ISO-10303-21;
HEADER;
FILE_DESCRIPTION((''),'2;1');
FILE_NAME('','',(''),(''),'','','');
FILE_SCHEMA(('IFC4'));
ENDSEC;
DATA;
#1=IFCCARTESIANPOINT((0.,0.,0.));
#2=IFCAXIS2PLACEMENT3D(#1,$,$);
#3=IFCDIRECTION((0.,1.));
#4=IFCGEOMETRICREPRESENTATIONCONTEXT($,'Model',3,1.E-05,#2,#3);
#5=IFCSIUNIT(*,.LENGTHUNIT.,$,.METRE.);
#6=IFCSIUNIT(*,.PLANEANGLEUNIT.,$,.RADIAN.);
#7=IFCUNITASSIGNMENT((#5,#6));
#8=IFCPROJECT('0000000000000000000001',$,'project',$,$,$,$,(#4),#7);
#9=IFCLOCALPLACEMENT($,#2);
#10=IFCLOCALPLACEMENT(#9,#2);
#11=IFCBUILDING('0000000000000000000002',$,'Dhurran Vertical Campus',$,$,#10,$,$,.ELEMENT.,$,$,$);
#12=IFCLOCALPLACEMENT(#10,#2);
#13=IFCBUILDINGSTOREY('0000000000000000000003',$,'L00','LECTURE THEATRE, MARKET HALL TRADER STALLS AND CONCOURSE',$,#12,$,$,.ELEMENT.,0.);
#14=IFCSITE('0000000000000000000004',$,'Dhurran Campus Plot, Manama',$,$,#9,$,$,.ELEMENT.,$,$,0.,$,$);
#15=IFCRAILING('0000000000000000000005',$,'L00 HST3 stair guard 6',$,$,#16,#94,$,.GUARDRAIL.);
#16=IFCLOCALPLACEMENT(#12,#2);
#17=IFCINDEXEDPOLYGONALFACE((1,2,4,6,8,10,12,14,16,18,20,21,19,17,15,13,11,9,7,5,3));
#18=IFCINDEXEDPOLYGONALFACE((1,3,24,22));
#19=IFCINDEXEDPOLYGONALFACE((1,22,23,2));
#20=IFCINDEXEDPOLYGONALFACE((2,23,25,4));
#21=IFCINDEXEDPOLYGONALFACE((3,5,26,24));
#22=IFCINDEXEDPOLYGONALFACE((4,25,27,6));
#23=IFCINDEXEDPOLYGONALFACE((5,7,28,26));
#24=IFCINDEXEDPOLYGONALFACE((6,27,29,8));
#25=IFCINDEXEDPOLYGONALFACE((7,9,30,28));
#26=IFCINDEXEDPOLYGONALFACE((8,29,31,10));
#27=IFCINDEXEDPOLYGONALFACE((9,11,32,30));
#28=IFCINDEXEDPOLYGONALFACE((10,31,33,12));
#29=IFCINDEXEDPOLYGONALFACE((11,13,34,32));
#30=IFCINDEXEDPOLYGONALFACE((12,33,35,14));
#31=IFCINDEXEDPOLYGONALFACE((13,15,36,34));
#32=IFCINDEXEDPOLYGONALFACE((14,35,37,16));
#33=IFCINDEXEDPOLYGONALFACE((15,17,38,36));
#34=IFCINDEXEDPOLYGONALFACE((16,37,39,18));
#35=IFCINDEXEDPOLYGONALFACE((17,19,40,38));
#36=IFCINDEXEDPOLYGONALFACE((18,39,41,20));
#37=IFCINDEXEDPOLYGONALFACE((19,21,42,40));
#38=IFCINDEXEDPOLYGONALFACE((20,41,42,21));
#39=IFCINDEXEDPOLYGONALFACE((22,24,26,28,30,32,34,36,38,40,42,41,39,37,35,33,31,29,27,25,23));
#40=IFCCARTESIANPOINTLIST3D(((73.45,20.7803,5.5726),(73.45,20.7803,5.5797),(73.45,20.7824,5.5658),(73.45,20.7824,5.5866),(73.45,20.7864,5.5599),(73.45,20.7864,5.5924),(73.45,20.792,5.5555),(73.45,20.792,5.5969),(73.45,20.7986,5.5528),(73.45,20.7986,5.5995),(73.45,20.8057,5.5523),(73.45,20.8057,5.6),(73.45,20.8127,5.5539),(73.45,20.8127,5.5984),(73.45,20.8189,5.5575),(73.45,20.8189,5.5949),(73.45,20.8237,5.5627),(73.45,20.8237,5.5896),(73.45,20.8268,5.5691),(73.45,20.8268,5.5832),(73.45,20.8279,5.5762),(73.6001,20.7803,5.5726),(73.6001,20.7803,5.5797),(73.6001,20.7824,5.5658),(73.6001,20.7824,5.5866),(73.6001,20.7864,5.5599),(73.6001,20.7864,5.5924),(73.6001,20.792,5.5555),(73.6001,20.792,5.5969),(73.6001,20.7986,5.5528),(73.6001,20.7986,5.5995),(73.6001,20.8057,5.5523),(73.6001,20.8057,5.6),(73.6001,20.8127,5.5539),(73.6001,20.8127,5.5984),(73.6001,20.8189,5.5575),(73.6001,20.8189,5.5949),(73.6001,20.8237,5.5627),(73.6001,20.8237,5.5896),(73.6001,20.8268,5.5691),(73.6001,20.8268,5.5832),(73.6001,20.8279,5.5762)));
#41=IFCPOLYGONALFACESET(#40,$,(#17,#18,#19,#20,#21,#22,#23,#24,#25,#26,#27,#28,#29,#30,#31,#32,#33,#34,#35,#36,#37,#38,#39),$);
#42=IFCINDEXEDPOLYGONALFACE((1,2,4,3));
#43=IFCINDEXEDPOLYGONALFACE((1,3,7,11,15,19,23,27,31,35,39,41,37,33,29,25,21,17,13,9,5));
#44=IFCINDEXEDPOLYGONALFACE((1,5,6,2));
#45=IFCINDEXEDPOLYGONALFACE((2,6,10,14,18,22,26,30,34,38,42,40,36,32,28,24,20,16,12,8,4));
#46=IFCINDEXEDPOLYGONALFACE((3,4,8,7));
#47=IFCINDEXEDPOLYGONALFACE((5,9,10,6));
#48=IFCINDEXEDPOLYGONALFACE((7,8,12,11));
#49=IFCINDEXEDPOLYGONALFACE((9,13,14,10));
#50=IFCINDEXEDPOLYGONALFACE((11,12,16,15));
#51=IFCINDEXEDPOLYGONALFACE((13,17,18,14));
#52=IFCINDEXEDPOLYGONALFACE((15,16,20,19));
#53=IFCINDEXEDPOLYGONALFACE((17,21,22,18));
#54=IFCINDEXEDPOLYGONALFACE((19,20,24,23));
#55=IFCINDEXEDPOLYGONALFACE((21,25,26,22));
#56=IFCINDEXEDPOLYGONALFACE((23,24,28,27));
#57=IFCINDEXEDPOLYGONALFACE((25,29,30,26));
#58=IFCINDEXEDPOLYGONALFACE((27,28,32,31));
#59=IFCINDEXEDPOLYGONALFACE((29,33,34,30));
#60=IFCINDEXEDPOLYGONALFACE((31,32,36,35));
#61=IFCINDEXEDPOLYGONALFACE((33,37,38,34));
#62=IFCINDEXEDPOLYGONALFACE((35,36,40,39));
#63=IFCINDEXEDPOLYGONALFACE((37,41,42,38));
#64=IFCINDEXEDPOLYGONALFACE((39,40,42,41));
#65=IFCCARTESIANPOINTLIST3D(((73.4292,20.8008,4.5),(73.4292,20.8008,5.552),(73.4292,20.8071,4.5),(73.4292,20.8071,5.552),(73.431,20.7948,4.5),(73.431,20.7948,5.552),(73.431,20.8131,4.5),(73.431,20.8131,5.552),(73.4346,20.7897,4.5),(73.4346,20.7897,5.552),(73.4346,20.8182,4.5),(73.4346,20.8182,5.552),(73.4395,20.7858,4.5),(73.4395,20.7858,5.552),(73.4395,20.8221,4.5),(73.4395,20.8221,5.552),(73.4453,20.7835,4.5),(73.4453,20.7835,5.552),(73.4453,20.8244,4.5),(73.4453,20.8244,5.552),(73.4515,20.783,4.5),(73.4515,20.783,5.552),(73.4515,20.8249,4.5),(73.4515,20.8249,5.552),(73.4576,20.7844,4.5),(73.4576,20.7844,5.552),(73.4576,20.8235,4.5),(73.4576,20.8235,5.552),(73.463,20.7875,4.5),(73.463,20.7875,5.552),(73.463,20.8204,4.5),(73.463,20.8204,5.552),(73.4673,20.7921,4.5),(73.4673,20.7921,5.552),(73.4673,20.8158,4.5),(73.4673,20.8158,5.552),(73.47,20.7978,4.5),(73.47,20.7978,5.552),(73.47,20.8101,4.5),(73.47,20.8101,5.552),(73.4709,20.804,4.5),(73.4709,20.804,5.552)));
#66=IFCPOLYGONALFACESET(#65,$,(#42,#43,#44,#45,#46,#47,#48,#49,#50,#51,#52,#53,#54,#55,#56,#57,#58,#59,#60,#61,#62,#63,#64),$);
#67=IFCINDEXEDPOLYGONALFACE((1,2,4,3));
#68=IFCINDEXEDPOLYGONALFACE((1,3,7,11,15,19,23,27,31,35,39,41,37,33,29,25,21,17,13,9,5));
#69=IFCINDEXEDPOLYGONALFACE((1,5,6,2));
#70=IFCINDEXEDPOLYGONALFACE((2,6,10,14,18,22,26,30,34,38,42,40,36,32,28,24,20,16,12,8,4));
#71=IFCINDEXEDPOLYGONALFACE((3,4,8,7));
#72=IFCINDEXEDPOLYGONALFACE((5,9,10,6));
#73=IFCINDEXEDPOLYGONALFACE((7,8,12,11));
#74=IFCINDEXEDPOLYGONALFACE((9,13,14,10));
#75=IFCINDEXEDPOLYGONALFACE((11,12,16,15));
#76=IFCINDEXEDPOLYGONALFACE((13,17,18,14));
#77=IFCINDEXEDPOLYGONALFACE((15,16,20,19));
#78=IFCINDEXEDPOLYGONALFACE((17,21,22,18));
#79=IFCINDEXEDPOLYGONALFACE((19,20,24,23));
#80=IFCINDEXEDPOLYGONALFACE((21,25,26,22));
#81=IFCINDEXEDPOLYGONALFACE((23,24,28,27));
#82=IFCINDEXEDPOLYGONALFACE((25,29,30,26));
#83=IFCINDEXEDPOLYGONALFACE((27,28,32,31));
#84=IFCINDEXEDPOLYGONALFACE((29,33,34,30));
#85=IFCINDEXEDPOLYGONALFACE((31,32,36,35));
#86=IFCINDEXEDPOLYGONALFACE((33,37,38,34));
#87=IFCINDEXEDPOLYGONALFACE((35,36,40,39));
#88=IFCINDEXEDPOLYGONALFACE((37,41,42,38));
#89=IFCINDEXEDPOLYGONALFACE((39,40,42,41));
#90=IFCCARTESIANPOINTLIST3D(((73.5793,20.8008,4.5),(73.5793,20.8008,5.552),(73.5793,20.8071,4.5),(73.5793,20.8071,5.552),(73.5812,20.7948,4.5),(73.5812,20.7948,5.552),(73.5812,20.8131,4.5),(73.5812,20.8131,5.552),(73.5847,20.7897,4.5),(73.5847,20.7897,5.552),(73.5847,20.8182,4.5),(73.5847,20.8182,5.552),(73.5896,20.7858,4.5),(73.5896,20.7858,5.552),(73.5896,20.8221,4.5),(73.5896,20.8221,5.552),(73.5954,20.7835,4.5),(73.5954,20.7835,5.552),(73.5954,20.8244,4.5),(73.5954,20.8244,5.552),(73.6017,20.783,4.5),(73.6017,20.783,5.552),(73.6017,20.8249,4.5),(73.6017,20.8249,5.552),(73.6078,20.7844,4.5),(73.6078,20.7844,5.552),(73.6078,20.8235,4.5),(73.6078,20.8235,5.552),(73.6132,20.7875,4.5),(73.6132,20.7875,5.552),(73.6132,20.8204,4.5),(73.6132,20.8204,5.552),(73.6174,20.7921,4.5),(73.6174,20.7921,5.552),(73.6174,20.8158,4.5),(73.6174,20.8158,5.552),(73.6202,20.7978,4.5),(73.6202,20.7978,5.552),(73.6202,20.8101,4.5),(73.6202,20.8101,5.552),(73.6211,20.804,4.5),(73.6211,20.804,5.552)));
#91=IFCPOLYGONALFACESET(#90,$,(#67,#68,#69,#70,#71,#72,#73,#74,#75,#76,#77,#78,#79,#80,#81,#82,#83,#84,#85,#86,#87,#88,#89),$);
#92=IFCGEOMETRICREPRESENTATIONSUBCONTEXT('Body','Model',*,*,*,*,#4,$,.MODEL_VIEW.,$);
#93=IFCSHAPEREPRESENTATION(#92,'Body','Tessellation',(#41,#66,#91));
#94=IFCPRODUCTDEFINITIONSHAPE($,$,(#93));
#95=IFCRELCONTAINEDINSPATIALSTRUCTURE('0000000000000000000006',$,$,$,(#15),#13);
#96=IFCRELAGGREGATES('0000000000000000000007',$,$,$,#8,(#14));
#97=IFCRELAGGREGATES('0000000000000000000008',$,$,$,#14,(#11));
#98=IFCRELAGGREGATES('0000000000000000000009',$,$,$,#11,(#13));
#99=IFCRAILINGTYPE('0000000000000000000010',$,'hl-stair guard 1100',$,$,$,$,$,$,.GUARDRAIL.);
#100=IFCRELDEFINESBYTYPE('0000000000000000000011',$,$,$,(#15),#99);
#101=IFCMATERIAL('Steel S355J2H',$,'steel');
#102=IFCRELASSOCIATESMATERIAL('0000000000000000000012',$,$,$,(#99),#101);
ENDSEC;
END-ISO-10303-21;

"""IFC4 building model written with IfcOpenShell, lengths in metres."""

from ifc_helpers import new_model, si_unit, direction, frame, origin, origin_2d, place, context, subcontext, project, spatial, circle, extrude, material, type_object, element, save


model = new_model("IFC4")

# Units and contexts
model_context = context("Model", 3, precision=1e-05, world=origin(), true_north=direction((0.0, 1.0)))
body_context = subcontext(model_context, "Body", "Model", "MODEL_VIEW")
ifc_project = project(units=[si_unit("LENGTHUNIT", "METRE"), si_unit("PLANEANGLEUNIT", "RADIAN")], contexts=[model_context])

# Site, building, storey
site_placement = place(None, origin())
site = spatial("IfcSite", under=ifc_project, at=site_placement, Name="Dhurran Campus Plot, Manama", CompositionType="ELEMENT", RefElevation=0.0)
building_placement = place(site_placement, origin())
building = spatial("IfcBuilding", under=site, at=building_placement, Name="Dhurran Vertical Campus", CompositionType="ELEMENT")
storey_placement = place(building_placement, origin())
storey = spatial("IfcBuildingStorey", under=building, at=storey_placement, Name="L00", Description="LECTURE THEATRE, MARKET HALL TRADER STALLS AND CONCOURSE", CompositionType="ELEMENT", Elevation=0.0)

# Railing
ifc_material_1 = material(Name="Steel S355J2H", Category="steel")
railing_type_1 = type_object("IfcRailingType", Name="hl-stair guard 1100", PredefinedType="GUARDRAIL", material=ifc_material_1)
railing_1_placement = place(storey_placement, frame((73.45, 20.804, 4.5)))
element("IfcRailing", 1, at=railing_1_placement, inside=storey, type_object=railing_type_1, Name="L00 HST3 stair guard 6", PredefinedType="GUARDRAIL", context=body_context, shape_type="SweptSolid", body=[
    extrude(circle(Radius=0.0239, at=origin_2d()), frame((0.0, 0.0, 1.0762), z_axis=(1.0, 0.0, 0.0), x_axis=(0.0, 1.0, 0.0)), (0.0, 0.0, 1.0), 0.1501),
    extrude(circle(Radius=0.021, at=origin_2d()), origin(), (0.0, 0.0, 1.0), 1.052),
    extrude(circle(Radius=0.021, at=origin_2d()), frame((0.1501, 0.0, 0.0)), (0.0, 0.0, 1.0), 1.052),
])

save(model, "model.ifc")
